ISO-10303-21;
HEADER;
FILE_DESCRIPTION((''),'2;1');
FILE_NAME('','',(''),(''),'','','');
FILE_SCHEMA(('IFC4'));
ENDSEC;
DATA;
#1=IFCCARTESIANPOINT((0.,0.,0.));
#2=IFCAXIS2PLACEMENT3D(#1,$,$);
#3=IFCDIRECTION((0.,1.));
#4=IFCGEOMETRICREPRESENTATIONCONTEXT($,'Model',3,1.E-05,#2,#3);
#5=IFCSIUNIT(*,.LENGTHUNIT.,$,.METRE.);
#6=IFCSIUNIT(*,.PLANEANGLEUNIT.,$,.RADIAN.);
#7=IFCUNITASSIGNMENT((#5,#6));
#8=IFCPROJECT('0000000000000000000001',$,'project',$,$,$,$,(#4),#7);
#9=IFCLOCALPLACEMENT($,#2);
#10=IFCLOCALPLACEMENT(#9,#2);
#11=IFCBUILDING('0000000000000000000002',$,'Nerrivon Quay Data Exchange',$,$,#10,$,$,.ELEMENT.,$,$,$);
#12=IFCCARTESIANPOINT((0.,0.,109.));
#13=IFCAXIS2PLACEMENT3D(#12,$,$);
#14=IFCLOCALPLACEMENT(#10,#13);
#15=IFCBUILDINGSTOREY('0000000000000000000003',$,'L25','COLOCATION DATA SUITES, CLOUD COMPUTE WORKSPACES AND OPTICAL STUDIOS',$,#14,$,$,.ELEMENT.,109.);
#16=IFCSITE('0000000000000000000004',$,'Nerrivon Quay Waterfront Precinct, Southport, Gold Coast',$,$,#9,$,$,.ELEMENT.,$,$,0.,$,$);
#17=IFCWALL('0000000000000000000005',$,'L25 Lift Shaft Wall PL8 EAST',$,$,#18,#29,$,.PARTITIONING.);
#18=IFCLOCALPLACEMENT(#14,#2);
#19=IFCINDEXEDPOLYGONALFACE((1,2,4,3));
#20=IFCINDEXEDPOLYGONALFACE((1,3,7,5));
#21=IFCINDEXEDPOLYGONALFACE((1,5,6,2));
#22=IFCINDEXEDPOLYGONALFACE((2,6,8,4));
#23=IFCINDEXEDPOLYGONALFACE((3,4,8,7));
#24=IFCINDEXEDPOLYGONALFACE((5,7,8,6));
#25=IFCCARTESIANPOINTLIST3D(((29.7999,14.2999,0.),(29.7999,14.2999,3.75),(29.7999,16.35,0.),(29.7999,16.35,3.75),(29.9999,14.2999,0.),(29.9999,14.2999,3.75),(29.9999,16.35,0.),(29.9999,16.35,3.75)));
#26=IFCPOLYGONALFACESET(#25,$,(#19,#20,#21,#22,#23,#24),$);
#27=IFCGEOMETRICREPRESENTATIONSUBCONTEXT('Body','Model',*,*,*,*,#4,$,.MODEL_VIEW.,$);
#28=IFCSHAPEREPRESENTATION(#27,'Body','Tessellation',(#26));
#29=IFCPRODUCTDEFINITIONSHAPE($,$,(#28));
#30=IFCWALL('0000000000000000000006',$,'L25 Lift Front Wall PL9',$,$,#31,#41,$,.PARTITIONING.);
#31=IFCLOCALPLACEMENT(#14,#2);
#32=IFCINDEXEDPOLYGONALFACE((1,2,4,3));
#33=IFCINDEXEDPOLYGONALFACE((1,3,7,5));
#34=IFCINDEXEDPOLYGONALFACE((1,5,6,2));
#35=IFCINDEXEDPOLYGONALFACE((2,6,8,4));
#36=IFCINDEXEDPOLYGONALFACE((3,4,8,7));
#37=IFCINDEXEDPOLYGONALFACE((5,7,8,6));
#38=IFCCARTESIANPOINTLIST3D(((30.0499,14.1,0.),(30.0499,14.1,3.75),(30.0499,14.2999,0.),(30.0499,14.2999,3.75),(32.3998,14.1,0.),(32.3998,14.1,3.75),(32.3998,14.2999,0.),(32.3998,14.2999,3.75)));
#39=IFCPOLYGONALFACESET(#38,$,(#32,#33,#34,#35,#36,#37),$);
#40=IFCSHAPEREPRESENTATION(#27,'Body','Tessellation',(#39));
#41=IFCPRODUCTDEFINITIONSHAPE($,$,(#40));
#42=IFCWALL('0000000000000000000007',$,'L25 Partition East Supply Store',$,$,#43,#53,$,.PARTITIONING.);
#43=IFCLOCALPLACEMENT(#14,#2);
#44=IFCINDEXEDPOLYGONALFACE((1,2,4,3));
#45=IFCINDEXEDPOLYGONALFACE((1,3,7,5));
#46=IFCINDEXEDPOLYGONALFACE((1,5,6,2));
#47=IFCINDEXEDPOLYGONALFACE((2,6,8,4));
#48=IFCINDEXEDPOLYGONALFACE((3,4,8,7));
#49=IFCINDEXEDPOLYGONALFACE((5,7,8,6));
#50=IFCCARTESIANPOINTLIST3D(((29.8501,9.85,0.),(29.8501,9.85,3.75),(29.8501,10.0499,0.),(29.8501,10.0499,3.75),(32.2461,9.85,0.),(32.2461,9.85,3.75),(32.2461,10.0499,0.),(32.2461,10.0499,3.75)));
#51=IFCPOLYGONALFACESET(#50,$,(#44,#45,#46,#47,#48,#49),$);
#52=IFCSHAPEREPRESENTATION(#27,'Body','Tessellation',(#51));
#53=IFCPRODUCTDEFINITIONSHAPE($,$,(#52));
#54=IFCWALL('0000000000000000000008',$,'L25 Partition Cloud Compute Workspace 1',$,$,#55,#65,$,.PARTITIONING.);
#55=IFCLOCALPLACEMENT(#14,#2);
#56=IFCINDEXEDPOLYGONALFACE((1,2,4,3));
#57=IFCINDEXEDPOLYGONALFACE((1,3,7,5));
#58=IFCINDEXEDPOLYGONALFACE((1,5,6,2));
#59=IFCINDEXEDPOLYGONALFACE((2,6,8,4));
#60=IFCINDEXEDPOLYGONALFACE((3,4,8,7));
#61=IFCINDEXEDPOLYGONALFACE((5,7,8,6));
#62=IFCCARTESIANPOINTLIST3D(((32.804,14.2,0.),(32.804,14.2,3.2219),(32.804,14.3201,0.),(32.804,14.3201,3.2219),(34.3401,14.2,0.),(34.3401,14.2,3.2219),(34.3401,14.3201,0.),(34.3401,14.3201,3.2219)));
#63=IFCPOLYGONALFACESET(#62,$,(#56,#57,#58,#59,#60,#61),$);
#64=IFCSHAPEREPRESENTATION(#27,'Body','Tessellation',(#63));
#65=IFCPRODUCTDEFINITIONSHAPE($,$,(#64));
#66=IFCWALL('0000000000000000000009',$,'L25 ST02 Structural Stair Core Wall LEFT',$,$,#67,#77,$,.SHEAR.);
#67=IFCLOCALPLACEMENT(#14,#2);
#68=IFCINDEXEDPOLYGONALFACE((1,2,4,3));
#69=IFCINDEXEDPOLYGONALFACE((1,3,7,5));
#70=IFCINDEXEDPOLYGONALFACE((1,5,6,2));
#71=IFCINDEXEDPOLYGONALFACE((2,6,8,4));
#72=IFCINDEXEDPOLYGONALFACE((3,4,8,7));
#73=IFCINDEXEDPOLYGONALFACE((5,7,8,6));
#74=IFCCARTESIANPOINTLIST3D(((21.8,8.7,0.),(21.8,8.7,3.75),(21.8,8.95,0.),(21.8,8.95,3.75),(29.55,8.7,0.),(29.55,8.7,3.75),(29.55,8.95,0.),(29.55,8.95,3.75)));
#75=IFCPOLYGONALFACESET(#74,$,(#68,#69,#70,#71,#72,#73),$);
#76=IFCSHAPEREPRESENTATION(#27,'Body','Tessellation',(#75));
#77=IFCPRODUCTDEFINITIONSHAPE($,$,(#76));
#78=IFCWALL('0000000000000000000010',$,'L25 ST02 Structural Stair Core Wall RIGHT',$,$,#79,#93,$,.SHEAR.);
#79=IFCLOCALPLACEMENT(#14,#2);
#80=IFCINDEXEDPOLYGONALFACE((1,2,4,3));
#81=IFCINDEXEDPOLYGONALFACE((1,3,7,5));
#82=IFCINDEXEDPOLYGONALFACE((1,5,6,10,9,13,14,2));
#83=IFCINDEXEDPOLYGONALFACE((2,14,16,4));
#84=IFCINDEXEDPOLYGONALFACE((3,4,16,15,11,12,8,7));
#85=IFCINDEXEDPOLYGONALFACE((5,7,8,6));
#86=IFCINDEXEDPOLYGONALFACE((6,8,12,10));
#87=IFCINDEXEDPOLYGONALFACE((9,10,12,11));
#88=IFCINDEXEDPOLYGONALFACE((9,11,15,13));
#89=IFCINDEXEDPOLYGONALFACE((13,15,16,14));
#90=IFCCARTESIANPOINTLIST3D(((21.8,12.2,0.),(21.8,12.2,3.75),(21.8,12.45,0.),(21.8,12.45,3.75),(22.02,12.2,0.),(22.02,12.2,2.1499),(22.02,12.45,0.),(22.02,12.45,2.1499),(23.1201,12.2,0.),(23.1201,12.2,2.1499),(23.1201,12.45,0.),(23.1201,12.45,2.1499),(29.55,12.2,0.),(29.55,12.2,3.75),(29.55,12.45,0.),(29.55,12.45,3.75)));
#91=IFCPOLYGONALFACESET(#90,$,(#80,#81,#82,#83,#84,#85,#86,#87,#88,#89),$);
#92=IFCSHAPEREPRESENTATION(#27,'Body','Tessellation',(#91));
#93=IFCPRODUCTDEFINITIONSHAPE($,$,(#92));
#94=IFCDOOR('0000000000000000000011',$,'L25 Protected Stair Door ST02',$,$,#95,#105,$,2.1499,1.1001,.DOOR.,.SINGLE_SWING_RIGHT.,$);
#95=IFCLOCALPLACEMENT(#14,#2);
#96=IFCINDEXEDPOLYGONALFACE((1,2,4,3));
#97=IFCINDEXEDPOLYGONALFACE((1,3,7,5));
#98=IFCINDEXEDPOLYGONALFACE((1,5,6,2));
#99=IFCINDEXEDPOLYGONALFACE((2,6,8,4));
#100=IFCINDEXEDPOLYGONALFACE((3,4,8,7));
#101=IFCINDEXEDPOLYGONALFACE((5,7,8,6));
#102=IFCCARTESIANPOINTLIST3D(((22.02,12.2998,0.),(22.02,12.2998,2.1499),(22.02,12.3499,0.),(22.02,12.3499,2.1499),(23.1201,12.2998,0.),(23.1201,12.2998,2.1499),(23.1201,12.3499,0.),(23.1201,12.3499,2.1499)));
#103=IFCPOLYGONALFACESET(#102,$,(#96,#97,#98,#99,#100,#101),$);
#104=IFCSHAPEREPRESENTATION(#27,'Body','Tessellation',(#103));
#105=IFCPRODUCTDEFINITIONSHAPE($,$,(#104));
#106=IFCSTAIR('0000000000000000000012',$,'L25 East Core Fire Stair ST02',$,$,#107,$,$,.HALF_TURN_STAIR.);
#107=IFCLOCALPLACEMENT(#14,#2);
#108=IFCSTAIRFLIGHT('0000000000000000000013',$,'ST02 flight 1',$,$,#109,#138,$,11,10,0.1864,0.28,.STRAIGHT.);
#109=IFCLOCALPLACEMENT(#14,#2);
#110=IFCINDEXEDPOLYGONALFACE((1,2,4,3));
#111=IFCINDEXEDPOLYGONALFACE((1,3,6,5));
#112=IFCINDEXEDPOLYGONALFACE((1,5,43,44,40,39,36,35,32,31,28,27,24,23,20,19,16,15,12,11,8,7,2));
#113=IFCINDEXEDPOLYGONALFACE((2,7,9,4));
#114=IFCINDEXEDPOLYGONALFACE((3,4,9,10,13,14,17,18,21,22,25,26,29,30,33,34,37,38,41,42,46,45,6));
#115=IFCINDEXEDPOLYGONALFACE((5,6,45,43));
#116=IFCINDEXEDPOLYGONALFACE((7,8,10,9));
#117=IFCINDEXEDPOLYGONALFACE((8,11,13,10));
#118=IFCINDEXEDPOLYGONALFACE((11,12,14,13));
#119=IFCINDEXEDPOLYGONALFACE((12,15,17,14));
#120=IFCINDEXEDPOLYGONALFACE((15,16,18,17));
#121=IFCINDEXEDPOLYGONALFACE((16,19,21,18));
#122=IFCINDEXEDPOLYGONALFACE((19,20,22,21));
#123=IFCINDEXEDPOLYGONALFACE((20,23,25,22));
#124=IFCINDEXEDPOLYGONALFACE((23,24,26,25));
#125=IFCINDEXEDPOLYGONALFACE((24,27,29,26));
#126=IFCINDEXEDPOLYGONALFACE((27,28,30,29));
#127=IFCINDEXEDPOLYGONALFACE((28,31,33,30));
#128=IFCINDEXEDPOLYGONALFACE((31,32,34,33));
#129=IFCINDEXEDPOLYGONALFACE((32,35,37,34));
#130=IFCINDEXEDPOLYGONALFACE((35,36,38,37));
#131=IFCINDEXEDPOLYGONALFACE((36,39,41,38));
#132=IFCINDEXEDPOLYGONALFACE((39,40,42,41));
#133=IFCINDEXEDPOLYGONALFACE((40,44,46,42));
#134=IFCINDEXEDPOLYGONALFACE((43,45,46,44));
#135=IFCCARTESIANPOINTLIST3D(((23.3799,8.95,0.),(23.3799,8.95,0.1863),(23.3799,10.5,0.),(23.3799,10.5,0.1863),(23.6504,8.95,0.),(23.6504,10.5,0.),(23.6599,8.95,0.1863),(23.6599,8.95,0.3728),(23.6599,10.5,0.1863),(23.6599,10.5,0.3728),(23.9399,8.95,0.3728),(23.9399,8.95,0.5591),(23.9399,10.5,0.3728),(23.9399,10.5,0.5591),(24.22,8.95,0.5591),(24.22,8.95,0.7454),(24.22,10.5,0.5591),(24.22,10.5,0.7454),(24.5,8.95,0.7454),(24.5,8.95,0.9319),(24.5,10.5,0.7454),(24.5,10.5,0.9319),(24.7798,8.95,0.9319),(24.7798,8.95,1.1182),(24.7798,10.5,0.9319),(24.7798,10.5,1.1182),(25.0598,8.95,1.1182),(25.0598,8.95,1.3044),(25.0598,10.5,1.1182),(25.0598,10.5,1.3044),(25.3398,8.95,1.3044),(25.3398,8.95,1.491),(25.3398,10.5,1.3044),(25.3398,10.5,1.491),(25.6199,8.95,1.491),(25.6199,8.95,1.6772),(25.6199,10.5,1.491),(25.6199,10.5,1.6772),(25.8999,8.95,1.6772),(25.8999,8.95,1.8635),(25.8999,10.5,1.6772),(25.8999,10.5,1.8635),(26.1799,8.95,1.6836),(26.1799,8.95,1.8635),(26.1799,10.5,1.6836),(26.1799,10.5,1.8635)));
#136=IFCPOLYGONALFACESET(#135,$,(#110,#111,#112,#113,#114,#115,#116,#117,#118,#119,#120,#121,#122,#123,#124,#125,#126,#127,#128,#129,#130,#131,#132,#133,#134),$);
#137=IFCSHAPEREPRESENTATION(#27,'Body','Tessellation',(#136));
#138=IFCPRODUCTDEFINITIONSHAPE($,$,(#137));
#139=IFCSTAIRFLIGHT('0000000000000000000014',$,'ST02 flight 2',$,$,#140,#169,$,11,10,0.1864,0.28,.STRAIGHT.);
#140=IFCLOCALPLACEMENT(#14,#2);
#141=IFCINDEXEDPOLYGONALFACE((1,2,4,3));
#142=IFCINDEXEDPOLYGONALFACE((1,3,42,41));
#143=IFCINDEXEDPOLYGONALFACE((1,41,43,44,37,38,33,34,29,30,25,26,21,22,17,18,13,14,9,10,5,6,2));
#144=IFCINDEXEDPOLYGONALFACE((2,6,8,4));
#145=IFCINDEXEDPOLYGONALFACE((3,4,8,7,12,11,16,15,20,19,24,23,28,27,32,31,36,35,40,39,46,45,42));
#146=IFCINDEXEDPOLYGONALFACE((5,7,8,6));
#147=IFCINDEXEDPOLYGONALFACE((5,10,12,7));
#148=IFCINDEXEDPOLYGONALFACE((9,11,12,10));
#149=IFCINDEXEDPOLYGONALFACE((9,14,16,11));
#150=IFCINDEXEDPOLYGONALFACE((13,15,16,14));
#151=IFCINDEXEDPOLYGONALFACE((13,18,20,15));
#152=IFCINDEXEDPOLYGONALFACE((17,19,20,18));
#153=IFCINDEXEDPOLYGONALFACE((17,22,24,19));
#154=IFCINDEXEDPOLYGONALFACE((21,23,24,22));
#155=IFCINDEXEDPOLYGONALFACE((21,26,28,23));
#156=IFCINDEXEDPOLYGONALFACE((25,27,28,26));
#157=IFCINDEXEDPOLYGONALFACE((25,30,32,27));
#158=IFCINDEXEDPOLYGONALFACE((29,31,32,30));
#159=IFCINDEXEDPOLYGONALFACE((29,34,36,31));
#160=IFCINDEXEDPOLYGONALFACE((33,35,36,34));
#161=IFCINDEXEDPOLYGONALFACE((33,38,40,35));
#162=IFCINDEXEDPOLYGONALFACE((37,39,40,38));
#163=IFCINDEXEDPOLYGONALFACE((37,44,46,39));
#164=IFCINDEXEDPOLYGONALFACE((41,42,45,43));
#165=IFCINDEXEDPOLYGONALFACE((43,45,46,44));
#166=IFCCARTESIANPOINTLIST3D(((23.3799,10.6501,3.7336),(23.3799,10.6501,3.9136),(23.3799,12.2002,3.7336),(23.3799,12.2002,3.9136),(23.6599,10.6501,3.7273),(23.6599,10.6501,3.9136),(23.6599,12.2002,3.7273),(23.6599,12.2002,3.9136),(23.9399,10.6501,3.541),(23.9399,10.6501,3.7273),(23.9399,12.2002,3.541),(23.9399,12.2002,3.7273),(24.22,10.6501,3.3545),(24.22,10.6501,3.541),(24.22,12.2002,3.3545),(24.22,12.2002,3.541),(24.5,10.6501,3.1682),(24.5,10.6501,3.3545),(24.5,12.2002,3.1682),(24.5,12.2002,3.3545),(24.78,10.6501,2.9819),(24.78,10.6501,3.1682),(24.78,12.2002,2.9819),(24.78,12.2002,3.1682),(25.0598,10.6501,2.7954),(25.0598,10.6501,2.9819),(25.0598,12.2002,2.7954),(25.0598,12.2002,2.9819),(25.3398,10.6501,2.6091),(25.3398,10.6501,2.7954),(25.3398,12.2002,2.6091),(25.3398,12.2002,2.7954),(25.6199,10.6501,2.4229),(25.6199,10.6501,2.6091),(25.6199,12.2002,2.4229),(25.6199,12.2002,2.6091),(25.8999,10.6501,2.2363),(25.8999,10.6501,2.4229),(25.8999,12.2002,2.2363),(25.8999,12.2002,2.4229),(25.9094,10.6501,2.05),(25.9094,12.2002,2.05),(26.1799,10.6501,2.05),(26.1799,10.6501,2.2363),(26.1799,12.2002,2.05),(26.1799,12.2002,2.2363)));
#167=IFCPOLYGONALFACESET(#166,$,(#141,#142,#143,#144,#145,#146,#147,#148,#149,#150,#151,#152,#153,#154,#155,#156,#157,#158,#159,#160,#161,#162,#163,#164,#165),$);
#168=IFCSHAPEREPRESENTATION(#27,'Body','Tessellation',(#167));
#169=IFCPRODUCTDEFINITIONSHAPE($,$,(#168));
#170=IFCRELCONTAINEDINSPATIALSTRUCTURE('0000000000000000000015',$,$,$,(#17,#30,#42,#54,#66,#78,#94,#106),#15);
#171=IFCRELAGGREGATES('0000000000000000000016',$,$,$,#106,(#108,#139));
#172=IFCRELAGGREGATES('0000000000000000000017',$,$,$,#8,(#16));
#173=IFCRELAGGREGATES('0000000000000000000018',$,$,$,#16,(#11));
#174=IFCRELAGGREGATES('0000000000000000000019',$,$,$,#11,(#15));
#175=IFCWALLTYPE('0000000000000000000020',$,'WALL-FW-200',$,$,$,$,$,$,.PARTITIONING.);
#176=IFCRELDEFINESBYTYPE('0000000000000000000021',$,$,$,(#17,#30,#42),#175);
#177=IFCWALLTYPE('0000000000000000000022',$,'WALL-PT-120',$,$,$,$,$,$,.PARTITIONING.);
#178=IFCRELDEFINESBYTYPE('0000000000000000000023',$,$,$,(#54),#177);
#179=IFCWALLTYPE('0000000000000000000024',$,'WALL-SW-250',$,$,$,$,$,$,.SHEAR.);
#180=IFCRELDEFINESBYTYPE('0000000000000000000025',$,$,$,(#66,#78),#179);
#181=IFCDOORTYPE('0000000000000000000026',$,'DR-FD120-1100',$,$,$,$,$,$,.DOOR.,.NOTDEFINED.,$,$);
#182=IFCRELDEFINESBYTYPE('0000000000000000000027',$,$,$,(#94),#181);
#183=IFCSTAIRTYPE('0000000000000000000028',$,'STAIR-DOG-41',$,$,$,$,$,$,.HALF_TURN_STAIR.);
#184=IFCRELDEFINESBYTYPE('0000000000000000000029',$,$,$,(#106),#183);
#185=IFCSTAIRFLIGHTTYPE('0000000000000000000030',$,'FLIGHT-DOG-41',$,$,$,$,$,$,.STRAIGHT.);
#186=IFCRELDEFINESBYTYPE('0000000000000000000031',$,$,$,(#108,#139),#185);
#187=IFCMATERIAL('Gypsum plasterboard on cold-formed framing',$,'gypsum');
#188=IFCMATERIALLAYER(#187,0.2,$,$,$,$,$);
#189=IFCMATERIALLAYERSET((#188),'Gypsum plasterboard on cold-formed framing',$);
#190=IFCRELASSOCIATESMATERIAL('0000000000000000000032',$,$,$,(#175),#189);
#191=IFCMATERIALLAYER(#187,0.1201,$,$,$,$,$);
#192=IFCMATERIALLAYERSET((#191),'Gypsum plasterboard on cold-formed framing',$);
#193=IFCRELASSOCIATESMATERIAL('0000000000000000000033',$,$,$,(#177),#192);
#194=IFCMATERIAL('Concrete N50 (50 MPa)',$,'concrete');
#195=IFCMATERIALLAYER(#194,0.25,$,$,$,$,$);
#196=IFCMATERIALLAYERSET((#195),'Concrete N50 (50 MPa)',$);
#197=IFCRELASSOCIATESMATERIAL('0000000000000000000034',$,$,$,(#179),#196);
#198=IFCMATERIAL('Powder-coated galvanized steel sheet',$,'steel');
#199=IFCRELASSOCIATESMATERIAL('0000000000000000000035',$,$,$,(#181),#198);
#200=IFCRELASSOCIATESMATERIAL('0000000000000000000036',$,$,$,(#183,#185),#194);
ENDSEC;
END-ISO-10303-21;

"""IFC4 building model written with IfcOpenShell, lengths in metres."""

from ifc_helpers import new_model, si_unit, direction, frame, frame_2d, origin, place, context, subcontext, project, spatial, polyline, rectangle, outline, extrude, material, layer, layer_set, type_object, element, fill, aggregate, save


model = new_model("IFC4")

# Units and contexts
model_context = context("Model", 3, precision=1e-05, world=origin(), true_north=direction((0.0, 1.0)))
body_context = subcontext(model_context, "Body", "Model", "MODEL_VIEW")
ifc_project = project(units=[si_unit("LENGTHUNIT", "METRE"), si_unit("PLANEANGLEUNIT", "RADIAN")], contexts=[model_context])

# Site, building, storey
site_placement = place(None, origin())
site = spatial("IfcSite", under=ifc_project, at=site_placement, Name="Nerrivon Quay Waterfront Precinct, Southport, Gold Coast", CompositionType="ELEMENT", RefElevation=0.0)
building_placement = place(site_placement, origin())
building = spatial("IfcBuilding", under=site, at=building_placement, Name="Nerrivon Quay Data Exchange", CompositionType="ELEMENT")
storey_placement = place(building_placement, frame((0.0, 0.0, 109.0)))
storey = spatial("IfcBuildingStorey", under=building, at=storey_placement, Name="L25", Description="COLOCATION DATA SUITES, CLOUD COMPUTE WORKSPACES AND OPTICAL STUDIOS", CompositionType="ELEMENT", Elevation=109.0)

# Shared definitions
ifc_material_1 = material(Name="Gypsum plasterboard on cold-formed framing", Category="gypsum")
ifc_layer_1 = layer(ifc_material_1, 0.2)
ifc_layer_set_1 = layer_set([ifc_layer_1], Name="Gypsum plasterboard on cold-formed framing")
wall_type_1 = type_object("IfcWallType", Name="WALL-FW-200", PredefinedType="PARTITIONING", material=ifc_layer_set_1)

# Shared definitions
ifc_material_2 = material(Name="Powder-coated galvanized steel sheet", Category="steel")

# Walls
wall_1_placement = place(storey_placement, frame((29.8999, 14.3, 0.0), z_axis=(0.0, 0.0, 1.0), x_axis=(0.0, 1.0, 0.0)))
element("IfcWall", 1, at=wall_1_placement, inside=storey, type_object=wall_type_1, Name="L25 Lift Shaft Wall PL8 EAST", PredefinedType="PARTITIONING", context=body_context, shape_type="SweptSolid", body=[
    extrude(rectangle(XDim=2.05, YDim=0.2, at=frame_2d((1.0249, 0.0))), origin(), (0.0, 0.0, 1.0), 3.75),
])
wall_2_placement = place(storey_placement, frame((30.05, 14.2, 0.0), z_axis=(0.0, 0.0, 1.0), x_axis=(1.0, 0.0, 0.0)))
element("IfcWall", 2, at=wall_2_placement, inside=storey, type_object=wall_type_1, Name="L25 Lift Front Wall PL9", PredefinedType="PARTITIONING", context=body_context, shape_type="SweptSolid", body=[
    extrude(rectangle(XDim=2.3499, YDim=0.2, at=frame_2d((1.1748, 0.0))), origin(), (0.0, 0.0, 1.0), 3.75),
])

# Walls
wall_3_placement = place(storey_placement, frame((29.8501, 9.95, 0.0), z_axis=(0.0, 0.0, 1.0), x_axis=(1.0, 0.0, 0.0)))
element("IfcWall", 3, at=wall_3_placement, inside=storey, type_object=wall_type_1, Name="L25 Partition East Supply Store", PredefinedType="PARTITIONING", context=body_context, shape_type="SweptSolid", body=[
    extrude(rectangle(XDim=2.396, YDim=0.2, at=frame_2d((1.198, 0.0))), origin(), (0.0, 0.0, 1.0), 3.75),
])
ifc_layer_2 = layer(ifc_material_1, 0.1201)
ifc_layer_set_2 = layer_set([ifc_layer_2], Name="Gypsum plasterboard on cold-formed framing")
wall_type_2 = type_object("IfcWallType", Name="WALL-PT-120", PredefinedType="PARTITIONING", material=ifc_layer_set_2)
wall_4_placement = place(storey_placement, frame((32.804, 14.26, 0.0), z_axis=(0.0, 0.0, 1.0), x_axis=(1.0, 0.0, 0.0)))
element("IfcWall", 4, at=wall_4_placement, inside=storey, type_object=wall_type_2, Name="L25 Partition Cloud Compute Workspace 1", PredefinedType="PARTITIONING", context=body_context, shape_type="SweptSolid", body=[
    extrude(rectangle(XDim=1.5361, YDim=0.1201, at=frame_2d((0.7681, 0.0))), origin(), (0.0, 0.0, 1.0), 3.2219),
])
ifc_material_3 = material(Name="Concrete N50 (50 MPa)", Category="concrete")
ifc_layer_3 = layer(ifc_material_3, 0.25)
ifc_layer_set_3 = layer_set([ifc_layer_3], Name="Concrete N50 (50 MPa)")
wall_type_3 = type_object("IfcWallType", Name="WALL-SW-250", PredefinedType="SHEAR", material=ifc_layer_set_3)
wall_5_placement = place(storey_placement, frame((21.8, 8.825, 0.0), z_axis=(0.0, 0.0, 1.0), x_axis=(1.0, 0.0, 0.0)))
element("IfcWall", 5, at=wall_5_placement, inside=storey, type_object=wall_type_3, Name="L25 ST02 Structural Stair Core Wall LEFT", PredefinedType="SHEAR", context=body_context, shape_type="SweptSolid", body=[
    extrude(rectangle(XDim=7.75, YDim=0.25, at=frame_2d((3.875, 0.0))), origin(), (0.0, 0.0, 1.0), 3.75),
])

# Wall, opening, door
wall_6_placement = place(storey_placement, frame((21.8, 12.325, 0.0), z_axis=(0.0, 0.0, 1.0), x_axis=(1.0, 0.0, 0.0)))
wall_6 = element("IfcWall", 6, at=wall_6_placement, inside=storey, type_object=wall_type_3, Name="L25 ST02 Structural Stair Core Wall RIGHT", PredefinedType="SHEAR", context=body_context, shape_type="SweptSolid", body=[
    extrude(rectangle(XDim=7.75, YDim=0.25, at=frame_2d((3.875, 0.0))), origin(), (0.0, 0.0, 1.0), 3.75),
])
opening_1_placement = place(wall_6_placement, frame((0.22, 0.0, 0.0)))
opening_1 = element("IfcOpeningElement", 7, at=opening_1_placement, cuts=wall_6, PredefinedType="OPENING", context=body_context, shape_type="SweptSolid", body=[
    extrude(rectangle(XDim=1.1001, YDim=2.1499, at=frame_2d((0.55, 1.075))), frame((0.0, 0.135, 0.0), z_axis=(0.0, -1.0, 0.0), x_axis=(1.0, 0.0, 0.0)), (0.0, 0.0, 1.0), 0.27),
])
door_type_1 = type_object("IfcDoorType", Name="DR-FD120-1100", OperationType="NOTDEFINED", PredefinedType="DOOR", material=ifc_material_2)
door_1_placement = place(opening_1_placement, origin())
door_1 = element("IfcDoor", 8, at=door_1_placement, inside=storey, type_object=door_type_1, Name="L25 Protected Stair Door ST02", OperationType="SINGLE_SWING_RIGHT", OverallHeight=2.1499, OverallWidth=1.1001, PredefinedType="DOOR", context=body_context, shape_type="SweptSolid", body=[
    extrude(rectangle(XDim=1.1001, YDim=2.1499, at=frame_2d((0.55, 1.075))), frame((0.0, 0.0249, 0.0), z_axis=(0.0, -1.0, 0.0), x_axis=(1.0, 0.0, 0.0)), (0.0, 0.0, 1.0), 0.05),
])
fill(opening_1, door_1)

# Stair, stair flights
stair_type = type_object("IfcStairType", Name="STAIR-DOG-41", PredefinedType="HALF_TURN_STAIR", material=ifc_material_3)
stair_placement = place(storey_placement, origin())
stair = element("IfcStair", 9, at=stair_placement, inside=storey, type_object=stair_type, Name="L25 East Core Fire Stair ST02", PredefinedType="HALF_TURN_STAIR")
stair_flight_type = type_object("IfcStairFlightType", Name="FLIGHT-DOG-41", PredefinedType="STRAIGHT", material=ifc_material_3)
stair_flight_1_placement = place(storey_placement, frame((23.3799, 9.7251, 0.0), z_axis=(0.0, 0.0, 1.0), x_axis=(1.0, 0.0, 0.0)))
stair_flight_1 = element("IfcStairFlight", 10, at=stair_flight_1_placement, type_object=stair_flight_type, Name="ST02 flight 1", NumberOfRisers=11, NumberOfTreads=10, PredefinedType="STRAIGHT", RiserHeight=0.1864, TreadLength=0.28, context=body_context, shape_type="SweptSolid", body=[
    extrude(outline(polyline([(0.0, 0.0), (0.0, 0.1863), (0.28, 0.1863), (0.28, 0.3728), (0.5601, 0.3728), (0.5601, 0.5591), (0.8401, 0.5591), (0.8401, 0.7454), (1.1201, 0.7454), (1.1201, 0.9319), (1.3999, 0.9319), (1.3999, 1.1182), (1.6799, 1.1182), (1.6799, 1.3044), (1.96, 1.3044), (1.96, 1.491), (2.24, 1.491), (2.24, 1.6772), (2.52, 1.6772), (2.52, 1.8635), (2.8, 1.8635), (2.8, 2.05), (2.8, 1.6836), (0.2705, 0.0), (0.0, 0.0)])), frame((0.0, 0.7749, 0.0), z_axis=(0.0, -1.0, 0.0), x_axis=(1.0, 0.0, 0.0)), (0.0, 0.0, 1.0), 1.55),
])
stair_flight_2_placement = place(storey_placement, frame((26.1799, 11.425, 2.05), z_axis=(0.0, 0.0, 1.0), x_axis=(-1.0, 0.0, 0.0)))
stair_flight_2 = element("IfcStairFlight", 11, at=stair_flight_2_placement, type_object=stair_flight_type, Name="ST02 flight 2", NumberOfRisers=11, NumberOfTreads=10, PredefinedType="STRAIGHT", RiserHeight=0.1864, TreadLength=0.28, context=body_context, shape_type="SweptSolid", body=[
    extrude(outline(polyline([(0.0, 0.0), (0.0, 0.1863), (0.28, 0.1863), (0.28, 0.3728), (0.5601, 0.3728), (0.5601, 0.5591), (0.8401, 0.5591), (0.8401, 0.7454), (1.1201, 0.7454), (1.1201, 0.9319), (1.3999, 0.9319), (1.3999, 1.1182), (1.6799, 1.1182), (1.6799, 1.3044), (1.96, 1.3044), (1.96, 1.491), (2.24, 1.491), (2.24, 1.6772), (2.52, 1.6772), (2.52, 1.8635), (2.8, 1.8635), (2.8, 2.05), (2.8, 1.6836), (0.2705, 0.0), (0.0, 0.0)])), frame((0.0, 0.7749, 0.0), z_axis=(0.0, -1.0, 0.0), x_axis=(1.0, 0.0, 0.0)), (0.0, 0.0, 1.0), 1.55),
])
aggregate(stair, [stair_flight_1, stair_flight_2])

save(model, "model.ifc")
